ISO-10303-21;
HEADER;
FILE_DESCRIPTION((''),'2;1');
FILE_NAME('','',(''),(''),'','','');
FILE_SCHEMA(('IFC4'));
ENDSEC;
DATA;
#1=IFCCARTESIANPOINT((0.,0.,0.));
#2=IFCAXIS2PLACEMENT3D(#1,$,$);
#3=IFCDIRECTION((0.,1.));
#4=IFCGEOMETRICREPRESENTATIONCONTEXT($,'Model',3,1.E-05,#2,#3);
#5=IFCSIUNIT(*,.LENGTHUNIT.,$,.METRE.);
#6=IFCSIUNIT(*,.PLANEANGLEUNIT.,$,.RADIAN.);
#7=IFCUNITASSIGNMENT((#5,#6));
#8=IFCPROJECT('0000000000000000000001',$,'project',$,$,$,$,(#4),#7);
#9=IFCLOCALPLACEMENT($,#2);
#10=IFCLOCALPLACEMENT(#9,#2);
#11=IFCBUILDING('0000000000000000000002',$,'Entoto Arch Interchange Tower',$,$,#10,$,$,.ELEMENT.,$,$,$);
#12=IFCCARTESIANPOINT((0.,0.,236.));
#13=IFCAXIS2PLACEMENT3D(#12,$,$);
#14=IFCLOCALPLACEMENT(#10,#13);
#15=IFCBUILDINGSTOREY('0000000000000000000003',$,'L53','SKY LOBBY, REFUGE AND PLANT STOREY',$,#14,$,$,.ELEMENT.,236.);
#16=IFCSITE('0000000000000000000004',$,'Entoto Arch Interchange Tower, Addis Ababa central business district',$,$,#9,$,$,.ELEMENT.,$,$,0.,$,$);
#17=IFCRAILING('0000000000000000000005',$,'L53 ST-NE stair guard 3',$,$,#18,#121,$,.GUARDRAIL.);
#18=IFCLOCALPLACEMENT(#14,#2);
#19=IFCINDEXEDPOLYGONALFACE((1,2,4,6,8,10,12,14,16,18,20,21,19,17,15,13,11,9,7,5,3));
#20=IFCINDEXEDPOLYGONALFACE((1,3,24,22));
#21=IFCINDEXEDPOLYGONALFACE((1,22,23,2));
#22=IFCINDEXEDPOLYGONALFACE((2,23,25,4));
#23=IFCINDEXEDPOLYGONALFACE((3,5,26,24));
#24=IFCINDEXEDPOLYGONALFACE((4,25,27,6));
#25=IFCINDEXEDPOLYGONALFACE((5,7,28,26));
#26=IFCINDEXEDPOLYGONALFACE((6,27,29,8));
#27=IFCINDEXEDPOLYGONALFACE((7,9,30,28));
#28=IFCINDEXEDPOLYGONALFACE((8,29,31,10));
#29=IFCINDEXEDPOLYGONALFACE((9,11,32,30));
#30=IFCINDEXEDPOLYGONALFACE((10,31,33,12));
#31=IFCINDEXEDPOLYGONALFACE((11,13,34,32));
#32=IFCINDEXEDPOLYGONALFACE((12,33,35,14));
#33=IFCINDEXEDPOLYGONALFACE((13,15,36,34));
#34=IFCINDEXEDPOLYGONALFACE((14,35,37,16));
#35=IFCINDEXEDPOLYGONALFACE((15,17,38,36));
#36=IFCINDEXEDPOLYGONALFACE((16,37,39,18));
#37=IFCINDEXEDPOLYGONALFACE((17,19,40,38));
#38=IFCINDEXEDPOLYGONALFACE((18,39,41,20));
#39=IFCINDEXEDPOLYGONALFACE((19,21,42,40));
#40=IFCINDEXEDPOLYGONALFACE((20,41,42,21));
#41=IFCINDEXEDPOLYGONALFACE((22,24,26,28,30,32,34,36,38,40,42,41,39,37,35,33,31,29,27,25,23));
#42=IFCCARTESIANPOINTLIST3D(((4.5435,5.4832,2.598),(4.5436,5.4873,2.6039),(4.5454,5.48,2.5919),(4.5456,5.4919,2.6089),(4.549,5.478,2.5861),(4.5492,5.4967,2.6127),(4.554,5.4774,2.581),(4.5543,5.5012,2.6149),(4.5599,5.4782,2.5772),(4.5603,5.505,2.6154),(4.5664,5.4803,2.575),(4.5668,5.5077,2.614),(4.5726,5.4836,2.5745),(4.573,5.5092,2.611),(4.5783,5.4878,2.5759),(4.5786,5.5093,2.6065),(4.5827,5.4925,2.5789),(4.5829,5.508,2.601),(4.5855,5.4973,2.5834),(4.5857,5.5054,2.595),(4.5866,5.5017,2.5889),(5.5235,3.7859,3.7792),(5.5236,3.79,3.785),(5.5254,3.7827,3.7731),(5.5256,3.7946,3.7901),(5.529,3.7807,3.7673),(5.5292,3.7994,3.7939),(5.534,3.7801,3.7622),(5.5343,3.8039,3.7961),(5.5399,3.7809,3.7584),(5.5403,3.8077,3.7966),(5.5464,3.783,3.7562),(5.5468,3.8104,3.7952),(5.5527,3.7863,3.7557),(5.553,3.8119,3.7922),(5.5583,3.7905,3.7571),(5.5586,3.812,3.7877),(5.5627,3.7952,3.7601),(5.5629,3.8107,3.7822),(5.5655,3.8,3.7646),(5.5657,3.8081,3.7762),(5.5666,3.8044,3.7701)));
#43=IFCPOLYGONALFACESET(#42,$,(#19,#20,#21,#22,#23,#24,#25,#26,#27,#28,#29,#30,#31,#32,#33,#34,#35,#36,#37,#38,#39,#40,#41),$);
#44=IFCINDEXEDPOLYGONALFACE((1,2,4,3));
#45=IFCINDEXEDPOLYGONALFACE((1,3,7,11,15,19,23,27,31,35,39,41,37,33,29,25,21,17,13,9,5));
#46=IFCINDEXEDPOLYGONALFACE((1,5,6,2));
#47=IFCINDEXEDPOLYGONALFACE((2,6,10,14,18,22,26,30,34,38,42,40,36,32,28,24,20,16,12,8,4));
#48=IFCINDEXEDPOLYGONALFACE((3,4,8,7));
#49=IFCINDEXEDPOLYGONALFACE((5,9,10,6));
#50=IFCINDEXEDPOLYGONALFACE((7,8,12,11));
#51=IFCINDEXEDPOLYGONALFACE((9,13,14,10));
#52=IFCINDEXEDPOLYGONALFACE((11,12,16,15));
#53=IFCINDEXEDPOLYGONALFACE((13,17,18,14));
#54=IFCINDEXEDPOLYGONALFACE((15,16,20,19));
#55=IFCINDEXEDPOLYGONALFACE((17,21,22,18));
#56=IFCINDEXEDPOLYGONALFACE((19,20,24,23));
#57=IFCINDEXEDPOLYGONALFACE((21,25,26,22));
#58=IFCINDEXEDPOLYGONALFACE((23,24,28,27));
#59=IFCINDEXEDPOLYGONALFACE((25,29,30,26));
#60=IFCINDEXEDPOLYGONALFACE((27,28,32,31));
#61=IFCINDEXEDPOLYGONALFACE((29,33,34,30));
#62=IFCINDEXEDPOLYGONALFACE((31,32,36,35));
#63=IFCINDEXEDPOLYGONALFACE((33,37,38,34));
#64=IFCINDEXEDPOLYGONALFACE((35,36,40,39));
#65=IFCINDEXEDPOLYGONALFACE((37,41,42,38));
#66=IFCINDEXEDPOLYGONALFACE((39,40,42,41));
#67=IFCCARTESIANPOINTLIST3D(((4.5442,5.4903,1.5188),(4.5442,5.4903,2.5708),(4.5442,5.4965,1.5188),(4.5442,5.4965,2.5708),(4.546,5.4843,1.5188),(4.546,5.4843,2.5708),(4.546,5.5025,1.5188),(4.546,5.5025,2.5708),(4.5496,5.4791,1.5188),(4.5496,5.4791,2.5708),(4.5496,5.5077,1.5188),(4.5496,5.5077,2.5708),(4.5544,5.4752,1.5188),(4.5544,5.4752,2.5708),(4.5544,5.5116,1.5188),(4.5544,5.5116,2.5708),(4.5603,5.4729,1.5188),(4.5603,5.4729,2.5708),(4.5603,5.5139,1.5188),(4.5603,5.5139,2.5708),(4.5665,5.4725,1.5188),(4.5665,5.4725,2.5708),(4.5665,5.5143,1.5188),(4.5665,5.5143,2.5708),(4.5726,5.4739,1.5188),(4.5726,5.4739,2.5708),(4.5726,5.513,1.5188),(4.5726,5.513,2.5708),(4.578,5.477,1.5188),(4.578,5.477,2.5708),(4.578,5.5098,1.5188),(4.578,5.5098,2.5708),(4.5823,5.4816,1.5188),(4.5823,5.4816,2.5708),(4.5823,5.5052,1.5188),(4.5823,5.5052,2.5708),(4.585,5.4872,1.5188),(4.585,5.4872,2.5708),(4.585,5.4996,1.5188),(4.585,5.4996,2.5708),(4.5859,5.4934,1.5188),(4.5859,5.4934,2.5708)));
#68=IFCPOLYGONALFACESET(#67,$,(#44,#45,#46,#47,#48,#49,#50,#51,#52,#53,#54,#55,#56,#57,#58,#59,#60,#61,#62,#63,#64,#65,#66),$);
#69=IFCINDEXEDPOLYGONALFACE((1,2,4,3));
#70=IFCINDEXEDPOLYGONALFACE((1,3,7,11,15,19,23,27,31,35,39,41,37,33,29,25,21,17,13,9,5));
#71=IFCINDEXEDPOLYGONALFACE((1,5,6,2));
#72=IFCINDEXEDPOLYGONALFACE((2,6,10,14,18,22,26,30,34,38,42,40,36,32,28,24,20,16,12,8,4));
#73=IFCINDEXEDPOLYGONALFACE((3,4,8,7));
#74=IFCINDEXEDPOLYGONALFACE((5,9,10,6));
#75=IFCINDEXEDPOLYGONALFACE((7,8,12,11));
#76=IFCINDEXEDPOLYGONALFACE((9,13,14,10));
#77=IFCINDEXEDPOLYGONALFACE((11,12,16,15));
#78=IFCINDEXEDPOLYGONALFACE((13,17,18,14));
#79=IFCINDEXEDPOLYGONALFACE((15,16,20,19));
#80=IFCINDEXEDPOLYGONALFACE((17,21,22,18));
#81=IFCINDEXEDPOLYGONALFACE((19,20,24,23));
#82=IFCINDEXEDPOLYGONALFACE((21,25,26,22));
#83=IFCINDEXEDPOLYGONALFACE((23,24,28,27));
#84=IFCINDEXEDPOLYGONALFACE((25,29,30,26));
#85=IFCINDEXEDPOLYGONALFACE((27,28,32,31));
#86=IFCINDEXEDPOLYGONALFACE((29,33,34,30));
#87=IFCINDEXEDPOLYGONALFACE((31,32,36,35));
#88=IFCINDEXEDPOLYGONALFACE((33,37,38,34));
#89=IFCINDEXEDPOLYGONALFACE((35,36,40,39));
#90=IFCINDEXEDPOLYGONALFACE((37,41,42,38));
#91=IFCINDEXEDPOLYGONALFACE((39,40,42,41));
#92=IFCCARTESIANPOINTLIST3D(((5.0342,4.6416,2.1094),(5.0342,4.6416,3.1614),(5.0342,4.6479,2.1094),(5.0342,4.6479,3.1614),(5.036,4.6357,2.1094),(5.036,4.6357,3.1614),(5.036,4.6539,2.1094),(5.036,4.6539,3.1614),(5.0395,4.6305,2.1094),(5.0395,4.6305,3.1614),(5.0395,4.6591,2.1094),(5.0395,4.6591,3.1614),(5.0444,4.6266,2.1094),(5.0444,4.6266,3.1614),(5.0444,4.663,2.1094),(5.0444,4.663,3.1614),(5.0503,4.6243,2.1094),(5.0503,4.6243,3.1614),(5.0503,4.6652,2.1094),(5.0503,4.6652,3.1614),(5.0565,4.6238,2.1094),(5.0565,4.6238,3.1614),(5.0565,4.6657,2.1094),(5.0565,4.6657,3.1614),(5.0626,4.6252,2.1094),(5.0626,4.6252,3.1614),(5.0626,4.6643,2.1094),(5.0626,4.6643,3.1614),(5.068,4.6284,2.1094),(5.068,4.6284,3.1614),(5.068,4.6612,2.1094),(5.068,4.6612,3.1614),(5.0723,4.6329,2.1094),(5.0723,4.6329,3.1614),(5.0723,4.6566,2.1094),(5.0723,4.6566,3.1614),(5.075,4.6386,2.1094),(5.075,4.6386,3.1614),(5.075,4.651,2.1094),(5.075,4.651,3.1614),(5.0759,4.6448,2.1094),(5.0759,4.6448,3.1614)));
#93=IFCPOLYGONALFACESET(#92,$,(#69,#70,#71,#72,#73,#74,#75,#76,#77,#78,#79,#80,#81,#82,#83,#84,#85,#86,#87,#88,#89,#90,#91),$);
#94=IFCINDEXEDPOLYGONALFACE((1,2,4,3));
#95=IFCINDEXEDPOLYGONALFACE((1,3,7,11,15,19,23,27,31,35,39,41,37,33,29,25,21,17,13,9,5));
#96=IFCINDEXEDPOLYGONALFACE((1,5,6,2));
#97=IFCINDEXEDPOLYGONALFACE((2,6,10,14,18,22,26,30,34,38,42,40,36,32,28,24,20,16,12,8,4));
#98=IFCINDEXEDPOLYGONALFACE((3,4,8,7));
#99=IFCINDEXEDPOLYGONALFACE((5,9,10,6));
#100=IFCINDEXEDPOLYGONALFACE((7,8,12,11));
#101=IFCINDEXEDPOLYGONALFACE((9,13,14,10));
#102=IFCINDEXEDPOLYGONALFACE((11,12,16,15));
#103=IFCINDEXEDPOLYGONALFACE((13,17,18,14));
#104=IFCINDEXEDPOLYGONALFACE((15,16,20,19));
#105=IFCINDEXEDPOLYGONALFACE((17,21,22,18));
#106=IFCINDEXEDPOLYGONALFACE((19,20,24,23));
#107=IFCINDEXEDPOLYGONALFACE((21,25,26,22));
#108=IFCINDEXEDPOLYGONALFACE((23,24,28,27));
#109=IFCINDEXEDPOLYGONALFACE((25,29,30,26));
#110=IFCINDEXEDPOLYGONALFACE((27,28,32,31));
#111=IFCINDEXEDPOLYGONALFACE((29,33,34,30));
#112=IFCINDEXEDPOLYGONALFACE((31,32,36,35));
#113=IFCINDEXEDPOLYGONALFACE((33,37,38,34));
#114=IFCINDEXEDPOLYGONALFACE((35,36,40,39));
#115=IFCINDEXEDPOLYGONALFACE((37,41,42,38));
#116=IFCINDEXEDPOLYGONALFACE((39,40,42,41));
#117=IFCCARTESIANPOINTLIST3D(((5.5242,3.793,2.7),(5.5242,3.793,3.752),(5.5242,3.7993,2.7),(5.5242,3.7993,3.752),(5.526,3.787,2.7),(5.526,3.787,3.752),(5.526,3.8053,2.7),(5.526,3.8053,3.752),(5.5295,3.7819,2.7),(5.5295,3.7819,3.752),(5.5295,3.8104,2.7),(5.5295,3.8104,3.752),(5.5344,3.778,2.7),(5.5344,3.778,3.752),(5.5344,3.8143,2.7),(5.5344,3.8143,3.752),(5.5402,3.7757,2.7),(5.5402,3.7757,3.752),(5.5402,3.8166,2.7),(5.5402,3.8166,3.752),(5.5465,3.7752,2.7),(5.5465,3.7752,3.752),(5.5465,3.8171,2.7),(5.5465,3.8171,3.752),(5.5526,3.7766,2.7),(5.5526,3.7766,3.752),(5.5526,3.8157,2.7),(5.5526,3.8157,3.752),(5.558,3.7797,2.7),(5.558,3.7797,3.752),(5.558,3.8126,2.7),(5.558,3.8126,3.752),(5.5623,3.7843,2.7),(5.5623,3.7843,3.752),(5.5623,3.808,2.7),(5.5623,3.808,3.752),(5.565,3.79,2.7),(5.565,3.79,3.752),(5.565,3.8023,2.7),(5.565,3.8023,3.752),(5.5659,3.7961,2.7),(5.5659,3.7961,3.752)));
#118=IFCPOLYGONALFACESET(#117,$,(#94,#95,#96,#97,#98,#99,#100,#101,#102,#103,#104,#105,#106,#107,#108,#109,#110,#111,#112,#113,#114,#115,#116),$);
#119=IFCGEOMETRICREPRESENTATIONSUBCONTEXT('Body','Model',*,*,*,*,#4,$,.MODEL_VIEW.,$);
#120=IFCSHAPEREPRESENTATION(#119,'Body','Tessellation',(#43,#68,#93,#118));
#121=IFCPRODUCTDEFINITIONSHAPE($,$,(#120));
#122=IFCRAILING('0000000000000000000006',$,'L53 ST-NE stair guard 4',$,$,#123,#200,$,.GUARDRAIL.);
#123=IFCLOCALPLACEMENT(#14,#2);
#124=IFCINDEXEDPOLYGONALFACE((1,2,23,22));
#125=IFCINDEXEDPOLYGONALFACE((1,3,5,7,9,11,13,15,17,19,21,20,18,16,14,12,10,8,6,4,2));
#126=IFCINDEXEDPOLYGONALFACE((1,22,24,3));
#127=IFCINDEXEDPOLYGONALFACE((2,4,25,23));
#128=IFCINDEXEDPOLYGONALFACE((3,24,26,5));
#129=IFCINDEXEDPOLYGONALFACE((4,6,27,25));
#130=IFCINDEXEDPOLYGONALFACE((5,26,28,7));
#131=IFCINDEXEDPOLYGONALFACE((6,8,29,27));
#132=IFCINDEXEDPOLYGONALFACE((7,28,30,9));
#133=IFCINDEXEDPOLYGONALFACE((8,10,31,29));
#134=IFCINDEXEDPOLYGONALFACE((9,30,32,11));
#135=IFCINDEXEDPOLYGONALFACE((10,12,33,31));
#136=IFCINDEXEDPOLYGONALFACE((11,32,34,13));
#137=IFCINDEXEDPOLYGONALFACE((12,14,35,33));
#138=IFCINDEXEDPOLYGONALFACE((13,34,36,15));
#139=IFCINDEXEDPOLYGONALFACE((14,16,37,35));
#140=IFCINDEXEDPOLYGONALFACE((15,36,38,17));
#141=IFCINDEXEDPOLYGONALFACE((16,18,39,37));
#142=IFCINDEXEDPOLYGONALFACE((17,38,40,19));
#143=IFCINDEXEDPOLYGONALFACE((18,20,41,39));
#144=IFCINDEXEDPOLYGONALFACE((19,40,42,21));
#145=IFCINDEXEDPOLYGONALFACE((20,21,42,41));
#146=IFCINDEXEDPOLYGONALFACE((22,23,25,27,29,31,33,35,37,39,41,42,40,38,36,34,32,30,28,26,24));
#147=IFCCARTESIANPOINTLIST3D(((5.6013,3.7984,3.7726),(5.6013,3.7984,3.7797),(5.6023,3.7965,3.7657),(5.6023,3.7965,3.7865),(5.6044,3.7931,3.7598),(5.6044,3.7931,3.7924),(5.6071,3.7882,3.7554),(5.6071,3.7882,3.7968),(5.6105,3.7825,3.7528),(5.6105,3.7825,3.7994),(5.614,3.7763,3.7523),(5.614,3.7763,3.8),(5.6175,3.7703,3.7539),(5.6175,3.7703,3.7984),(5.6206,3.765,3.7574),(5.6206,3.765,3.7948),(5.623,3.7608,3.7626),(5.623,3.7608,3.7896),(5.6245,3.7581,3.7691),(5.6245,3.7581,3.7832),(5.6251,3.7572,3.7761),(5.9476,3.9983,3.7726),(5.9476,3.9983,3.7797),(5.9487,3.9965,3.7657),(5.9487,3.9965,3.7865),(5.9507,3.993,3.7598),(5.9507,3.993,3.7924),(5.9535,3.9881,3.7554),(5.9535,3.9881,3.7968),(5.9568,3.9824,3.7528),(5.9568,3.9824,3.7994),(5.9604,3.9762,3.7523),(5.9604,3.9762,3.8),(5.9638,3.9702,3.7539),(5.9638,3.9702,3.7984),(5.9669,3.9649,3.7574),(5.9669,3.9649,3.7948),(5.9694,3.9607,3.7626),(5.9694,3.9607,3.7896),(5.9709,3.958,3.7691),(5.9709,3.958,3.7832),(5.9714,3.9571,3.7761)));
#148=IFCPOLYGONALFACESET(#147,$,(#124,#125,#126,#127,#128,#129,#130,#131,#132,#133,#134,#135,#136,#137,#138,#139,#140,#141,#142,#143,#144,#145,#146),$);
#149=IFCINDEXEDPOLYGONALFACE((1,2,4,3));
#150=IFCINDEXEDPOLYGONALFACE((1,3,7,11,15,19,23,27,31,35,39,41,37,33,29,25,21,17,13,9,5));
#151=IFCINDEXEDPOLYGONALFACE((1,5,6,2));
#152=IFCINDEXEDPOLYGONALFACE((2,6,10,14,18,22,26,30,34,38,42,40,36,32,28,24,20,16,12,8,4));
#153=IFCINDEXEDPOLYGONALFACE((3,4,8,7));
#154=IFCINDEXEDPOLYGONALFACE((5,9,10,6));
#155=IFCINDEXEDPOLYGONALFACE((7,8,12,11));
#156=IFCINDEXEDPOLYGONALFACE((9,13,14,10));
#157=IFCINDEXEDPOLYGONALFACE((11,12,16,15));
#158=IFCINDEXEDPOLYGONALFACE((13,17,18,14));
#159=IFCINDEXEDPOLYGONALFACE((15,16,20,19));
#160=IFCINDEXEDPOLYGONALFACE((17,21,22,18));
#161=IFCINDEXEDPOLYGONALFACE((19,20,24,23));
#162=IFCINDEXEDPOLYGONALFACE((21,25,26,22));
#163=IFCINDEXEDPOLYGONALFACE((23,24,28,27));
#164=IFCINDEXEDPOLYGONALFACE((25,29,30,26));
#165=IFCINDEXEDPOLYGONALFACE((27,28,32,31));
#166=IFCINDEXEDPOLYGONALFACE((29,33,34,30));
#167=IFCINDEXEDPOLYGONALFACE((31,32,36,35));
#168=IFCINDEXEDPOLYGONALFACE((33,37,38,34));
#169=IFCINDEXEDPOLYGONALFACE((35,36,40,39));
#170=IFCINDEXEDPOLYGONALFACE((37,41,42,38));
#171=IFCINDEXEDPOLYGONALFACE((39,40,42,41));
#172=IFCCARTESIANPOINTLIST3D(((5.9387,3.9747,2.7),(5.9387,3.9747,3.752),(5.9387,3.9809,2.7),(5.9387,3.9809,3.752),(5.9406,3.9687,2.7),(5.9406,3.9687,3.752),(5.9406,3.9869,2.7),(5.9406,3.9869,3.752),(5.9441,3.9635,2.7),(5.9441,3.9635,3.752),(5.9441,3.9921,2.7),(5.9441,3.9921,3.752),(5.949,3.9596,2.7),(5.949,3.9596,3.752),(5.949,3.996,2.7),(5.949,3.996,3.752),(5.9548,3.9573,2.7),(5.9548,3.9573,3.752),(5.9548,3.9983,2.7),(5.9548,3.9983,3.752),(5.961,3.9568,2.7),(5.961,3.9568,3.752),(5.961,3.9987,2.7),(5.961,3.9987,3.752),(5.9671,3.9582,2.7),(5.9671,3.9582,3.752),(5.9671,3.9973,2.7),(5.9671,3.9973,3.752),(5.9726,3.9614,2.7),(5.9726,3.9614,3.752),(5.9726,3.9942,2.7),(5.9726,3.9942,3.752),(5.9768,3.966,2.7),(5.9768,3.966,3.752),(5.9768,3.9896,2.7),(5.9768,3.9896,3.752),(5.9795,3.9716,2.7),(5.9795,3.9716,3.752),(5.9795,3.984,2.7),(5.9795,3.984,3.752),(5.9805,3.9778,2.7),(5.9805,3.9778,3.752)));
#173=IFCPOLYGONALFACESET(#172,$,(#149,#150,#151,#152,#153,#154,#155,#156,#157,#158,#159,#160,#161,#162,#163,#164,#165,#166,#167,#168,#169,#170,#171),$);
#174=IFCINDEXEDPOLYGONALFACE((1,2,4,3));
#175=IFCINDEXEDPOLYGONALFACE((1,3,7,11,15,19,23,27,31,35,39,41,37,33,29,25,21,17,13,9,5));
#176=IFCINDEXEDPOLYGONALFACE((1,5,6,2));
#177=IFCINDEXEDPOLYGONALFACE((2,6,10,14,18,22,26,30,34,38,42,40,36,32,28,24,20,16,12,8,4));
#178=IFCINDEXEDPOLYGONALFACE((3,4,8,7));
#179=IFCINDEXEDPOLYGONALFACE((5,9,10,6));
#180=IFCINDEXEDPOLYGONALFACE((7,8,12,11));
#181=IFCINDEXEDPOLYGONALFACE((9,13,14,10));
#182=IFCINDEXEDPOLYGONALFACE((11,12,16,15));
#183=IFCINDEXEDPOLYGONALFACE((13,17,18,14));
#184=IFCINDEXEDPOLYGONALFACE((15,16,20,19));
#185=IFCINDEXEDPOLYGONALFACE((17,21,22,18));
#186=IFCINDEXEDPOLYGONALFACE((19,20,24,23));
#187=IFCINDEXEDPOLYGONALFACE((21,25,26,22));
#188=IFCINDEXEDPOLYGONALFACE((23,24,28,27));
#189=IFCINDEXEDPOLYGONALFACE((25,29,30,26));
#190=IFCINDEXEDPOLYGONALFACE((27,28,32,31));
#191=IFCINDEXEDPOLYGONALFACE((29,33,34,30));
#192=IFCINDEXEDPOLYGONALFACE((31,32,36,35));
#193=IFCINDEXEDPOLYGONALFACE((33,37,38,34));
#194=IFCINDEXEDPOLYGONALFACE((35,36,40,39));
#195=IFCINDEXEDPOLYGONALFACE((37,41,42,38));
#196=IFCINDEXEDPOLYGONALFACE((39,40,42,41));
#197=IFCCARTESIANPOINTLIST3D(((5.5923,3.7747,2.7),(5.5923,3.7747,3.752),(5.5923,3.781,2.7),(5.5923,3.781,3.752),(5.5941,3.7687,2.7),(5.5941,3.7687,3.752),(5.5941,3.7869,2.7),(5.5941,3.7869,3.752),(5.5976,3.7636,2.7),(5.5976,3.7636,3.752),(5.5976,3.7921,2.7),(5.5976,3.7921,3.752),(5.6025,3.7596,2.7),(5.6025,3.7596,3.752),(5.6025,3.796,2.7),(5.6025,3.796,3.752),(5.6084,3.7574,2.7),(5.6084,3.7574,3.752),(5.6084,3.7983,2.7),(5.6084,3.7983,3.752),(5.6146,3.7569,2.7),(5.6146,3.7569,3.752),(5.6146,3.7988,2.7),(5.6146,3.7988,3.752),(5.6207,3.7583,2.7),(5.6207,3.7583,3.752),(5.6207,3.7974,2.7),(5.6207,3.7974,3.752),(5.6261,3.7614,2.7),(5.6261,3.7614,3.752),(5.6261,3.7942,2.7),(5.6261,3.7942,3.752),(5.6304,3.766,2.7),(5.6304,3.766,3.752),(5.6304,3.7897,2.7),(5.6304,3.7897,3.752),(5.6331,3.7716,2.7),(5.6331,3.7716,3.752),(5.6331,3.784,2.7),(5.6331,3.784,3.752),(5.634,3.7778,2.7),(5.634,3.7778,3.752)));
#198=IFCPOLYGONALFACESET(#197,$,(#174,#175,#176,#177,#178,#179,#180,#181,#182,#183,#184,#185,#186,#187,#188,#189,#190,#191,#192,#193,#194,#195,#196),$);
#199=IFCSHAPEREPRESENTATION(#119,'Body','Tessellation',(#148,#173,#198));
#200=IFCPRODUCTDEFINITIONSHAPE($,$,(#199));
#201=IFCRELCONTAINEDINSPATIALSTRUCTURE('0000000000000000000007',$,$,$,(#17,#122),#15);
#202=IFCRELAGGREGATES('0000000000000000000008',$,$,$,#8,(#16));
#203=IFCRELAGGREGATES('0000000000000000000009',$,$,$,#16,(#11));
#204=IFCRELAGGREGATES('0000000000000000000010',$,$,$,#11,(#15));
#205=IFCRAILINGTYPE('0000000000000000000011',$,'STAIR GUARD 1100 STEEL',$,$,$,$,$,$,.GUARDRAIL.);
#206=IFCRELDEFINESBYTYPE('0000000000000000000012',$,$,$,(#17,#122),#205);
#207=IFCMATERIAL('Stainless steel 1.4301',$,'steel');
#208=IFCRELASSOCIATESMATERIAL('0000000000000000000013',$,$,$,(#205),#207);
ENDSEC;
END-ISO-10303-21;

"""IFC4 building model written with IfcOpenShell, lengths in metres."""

from ifc_helpers import new_model, si_unit, direction, frame, origin, origin_2d, place, context, subcontext, project, spatial, circle, extrude, material, type_object, element, save


model = new_model("IFC4")

# Units and contexts
model_context = context("Model", 3, precision=1e-05, world=origin(), true_north=direction((0.0, 1.0)))
body_context = subcontext(model_context, "Body", "Model", "MODEL_VIEW")
ifc_project = project(units=[si_unit("LENGTHUNIT", "METRE"), si_unit("PLANEANGLEUNIT", "RADIAN")], contexts=[model_context])

# Site, building, storey
site_placement = place(None, origin())
site = spatial("IfcSite", under=ifc_project, at=site_placement, Name="Entoto Arch Interchange Tower, Addis Ababa central business district", CompositionType="ELEMENT", RefElevation=0.0)
building_placement = place(site_placement, origin())
building = spatial("IfcBuilding", under=site, at=building_placement, Name="Entoto Arch Interchange Tower", CompositionType="ELEMENT")
storey_placement = place(building_placement, frame((0.0, 0.0, 236.0)))
storey = spatial("IfcBuildingStorey", under=building, at=storey_placement, Name="L53", Description="SKY LOBBY, REFUGE AND PLANT STOREY", CompositionType="ELEMENT", Elevation=236.0)

# Railings
ifc_material_1 = material(Name="Stainless steel 1.4301", Category="steel")
railing_type_1 = type_object("IfcRailingType", Name="STAIR GUARD 1100 STEEL", PredefinedType="GUARDRAIL", material=ifc_material_1)
railing_1_placement = place(storey_placement, frame((4.5649, 5.4934, 1.5188)))
element("IfcRailing", 1, at=railing_1_placement, inside=storey, type_object=railing_type_1, Name="L53 ST-NE stair guard 3", PredefinedType="GUARDRAIL", context=body_context, shape_type="SweptSolid", body=[
    extrude(circle(Radius=0.0239, at=origin_2d()), frame((0.0, 0.0, 1.0762), z_axis=(0.428262, -0.741723, 0.516176), x_axis=(0.866011, 0.500024, 0.0)), (0.0, 0.0, 1.0), 2.2883),
    extrude(circle(Radius=0.021, at=origin_2d()), origin(), (0.0, 0.0, 1.0), 1.052),
    extrude(circle(Radius=0.021, at=origin_2d()), frame((0.49, -0.8486, 0.5906)), (0.0, 0.0, 1.0), 1.052),
    extrude(circle(Radius=0.021, at=origin_2d()), frame((0.98, -1.6973, 1.1812)), (0.0, 0.0, 1.0), 1.052),
])
railing_2_placement = place(storey_placement, frame((5.9595, 3.9778, 2.7)))
element("IfcRailing", 2, at=railing_2_placement, inside=storey, type_object=railing_type_1, Name="L53 ST-NE stair guard 4", PredefinedType="GUARDRAIL", context=body_context, shape_type="SweptSolid", body=[
    extrude(circle(Radius=0.0239, at=origin_2d()), frame((0.0, 0.0, 1.0762), z_axis=(-0.866094, -0.499881, 0.0), x_axis=(0.499881, -0.866094, 0.0)), (0.0, 0.0, 1.0), 0.3999),
    extrude(circle(Radius=0.021, at=origin_2d()), origin(), (0.0, 0.0, 1.0), 1.052),
    extrude(circle(Radius=0.021, at=origin_2d()), frame((-0.3464, -0.2, 0.0)), (0.0, 0.0, 1.0), 1.052),
])

save(model, "model.ifc")
